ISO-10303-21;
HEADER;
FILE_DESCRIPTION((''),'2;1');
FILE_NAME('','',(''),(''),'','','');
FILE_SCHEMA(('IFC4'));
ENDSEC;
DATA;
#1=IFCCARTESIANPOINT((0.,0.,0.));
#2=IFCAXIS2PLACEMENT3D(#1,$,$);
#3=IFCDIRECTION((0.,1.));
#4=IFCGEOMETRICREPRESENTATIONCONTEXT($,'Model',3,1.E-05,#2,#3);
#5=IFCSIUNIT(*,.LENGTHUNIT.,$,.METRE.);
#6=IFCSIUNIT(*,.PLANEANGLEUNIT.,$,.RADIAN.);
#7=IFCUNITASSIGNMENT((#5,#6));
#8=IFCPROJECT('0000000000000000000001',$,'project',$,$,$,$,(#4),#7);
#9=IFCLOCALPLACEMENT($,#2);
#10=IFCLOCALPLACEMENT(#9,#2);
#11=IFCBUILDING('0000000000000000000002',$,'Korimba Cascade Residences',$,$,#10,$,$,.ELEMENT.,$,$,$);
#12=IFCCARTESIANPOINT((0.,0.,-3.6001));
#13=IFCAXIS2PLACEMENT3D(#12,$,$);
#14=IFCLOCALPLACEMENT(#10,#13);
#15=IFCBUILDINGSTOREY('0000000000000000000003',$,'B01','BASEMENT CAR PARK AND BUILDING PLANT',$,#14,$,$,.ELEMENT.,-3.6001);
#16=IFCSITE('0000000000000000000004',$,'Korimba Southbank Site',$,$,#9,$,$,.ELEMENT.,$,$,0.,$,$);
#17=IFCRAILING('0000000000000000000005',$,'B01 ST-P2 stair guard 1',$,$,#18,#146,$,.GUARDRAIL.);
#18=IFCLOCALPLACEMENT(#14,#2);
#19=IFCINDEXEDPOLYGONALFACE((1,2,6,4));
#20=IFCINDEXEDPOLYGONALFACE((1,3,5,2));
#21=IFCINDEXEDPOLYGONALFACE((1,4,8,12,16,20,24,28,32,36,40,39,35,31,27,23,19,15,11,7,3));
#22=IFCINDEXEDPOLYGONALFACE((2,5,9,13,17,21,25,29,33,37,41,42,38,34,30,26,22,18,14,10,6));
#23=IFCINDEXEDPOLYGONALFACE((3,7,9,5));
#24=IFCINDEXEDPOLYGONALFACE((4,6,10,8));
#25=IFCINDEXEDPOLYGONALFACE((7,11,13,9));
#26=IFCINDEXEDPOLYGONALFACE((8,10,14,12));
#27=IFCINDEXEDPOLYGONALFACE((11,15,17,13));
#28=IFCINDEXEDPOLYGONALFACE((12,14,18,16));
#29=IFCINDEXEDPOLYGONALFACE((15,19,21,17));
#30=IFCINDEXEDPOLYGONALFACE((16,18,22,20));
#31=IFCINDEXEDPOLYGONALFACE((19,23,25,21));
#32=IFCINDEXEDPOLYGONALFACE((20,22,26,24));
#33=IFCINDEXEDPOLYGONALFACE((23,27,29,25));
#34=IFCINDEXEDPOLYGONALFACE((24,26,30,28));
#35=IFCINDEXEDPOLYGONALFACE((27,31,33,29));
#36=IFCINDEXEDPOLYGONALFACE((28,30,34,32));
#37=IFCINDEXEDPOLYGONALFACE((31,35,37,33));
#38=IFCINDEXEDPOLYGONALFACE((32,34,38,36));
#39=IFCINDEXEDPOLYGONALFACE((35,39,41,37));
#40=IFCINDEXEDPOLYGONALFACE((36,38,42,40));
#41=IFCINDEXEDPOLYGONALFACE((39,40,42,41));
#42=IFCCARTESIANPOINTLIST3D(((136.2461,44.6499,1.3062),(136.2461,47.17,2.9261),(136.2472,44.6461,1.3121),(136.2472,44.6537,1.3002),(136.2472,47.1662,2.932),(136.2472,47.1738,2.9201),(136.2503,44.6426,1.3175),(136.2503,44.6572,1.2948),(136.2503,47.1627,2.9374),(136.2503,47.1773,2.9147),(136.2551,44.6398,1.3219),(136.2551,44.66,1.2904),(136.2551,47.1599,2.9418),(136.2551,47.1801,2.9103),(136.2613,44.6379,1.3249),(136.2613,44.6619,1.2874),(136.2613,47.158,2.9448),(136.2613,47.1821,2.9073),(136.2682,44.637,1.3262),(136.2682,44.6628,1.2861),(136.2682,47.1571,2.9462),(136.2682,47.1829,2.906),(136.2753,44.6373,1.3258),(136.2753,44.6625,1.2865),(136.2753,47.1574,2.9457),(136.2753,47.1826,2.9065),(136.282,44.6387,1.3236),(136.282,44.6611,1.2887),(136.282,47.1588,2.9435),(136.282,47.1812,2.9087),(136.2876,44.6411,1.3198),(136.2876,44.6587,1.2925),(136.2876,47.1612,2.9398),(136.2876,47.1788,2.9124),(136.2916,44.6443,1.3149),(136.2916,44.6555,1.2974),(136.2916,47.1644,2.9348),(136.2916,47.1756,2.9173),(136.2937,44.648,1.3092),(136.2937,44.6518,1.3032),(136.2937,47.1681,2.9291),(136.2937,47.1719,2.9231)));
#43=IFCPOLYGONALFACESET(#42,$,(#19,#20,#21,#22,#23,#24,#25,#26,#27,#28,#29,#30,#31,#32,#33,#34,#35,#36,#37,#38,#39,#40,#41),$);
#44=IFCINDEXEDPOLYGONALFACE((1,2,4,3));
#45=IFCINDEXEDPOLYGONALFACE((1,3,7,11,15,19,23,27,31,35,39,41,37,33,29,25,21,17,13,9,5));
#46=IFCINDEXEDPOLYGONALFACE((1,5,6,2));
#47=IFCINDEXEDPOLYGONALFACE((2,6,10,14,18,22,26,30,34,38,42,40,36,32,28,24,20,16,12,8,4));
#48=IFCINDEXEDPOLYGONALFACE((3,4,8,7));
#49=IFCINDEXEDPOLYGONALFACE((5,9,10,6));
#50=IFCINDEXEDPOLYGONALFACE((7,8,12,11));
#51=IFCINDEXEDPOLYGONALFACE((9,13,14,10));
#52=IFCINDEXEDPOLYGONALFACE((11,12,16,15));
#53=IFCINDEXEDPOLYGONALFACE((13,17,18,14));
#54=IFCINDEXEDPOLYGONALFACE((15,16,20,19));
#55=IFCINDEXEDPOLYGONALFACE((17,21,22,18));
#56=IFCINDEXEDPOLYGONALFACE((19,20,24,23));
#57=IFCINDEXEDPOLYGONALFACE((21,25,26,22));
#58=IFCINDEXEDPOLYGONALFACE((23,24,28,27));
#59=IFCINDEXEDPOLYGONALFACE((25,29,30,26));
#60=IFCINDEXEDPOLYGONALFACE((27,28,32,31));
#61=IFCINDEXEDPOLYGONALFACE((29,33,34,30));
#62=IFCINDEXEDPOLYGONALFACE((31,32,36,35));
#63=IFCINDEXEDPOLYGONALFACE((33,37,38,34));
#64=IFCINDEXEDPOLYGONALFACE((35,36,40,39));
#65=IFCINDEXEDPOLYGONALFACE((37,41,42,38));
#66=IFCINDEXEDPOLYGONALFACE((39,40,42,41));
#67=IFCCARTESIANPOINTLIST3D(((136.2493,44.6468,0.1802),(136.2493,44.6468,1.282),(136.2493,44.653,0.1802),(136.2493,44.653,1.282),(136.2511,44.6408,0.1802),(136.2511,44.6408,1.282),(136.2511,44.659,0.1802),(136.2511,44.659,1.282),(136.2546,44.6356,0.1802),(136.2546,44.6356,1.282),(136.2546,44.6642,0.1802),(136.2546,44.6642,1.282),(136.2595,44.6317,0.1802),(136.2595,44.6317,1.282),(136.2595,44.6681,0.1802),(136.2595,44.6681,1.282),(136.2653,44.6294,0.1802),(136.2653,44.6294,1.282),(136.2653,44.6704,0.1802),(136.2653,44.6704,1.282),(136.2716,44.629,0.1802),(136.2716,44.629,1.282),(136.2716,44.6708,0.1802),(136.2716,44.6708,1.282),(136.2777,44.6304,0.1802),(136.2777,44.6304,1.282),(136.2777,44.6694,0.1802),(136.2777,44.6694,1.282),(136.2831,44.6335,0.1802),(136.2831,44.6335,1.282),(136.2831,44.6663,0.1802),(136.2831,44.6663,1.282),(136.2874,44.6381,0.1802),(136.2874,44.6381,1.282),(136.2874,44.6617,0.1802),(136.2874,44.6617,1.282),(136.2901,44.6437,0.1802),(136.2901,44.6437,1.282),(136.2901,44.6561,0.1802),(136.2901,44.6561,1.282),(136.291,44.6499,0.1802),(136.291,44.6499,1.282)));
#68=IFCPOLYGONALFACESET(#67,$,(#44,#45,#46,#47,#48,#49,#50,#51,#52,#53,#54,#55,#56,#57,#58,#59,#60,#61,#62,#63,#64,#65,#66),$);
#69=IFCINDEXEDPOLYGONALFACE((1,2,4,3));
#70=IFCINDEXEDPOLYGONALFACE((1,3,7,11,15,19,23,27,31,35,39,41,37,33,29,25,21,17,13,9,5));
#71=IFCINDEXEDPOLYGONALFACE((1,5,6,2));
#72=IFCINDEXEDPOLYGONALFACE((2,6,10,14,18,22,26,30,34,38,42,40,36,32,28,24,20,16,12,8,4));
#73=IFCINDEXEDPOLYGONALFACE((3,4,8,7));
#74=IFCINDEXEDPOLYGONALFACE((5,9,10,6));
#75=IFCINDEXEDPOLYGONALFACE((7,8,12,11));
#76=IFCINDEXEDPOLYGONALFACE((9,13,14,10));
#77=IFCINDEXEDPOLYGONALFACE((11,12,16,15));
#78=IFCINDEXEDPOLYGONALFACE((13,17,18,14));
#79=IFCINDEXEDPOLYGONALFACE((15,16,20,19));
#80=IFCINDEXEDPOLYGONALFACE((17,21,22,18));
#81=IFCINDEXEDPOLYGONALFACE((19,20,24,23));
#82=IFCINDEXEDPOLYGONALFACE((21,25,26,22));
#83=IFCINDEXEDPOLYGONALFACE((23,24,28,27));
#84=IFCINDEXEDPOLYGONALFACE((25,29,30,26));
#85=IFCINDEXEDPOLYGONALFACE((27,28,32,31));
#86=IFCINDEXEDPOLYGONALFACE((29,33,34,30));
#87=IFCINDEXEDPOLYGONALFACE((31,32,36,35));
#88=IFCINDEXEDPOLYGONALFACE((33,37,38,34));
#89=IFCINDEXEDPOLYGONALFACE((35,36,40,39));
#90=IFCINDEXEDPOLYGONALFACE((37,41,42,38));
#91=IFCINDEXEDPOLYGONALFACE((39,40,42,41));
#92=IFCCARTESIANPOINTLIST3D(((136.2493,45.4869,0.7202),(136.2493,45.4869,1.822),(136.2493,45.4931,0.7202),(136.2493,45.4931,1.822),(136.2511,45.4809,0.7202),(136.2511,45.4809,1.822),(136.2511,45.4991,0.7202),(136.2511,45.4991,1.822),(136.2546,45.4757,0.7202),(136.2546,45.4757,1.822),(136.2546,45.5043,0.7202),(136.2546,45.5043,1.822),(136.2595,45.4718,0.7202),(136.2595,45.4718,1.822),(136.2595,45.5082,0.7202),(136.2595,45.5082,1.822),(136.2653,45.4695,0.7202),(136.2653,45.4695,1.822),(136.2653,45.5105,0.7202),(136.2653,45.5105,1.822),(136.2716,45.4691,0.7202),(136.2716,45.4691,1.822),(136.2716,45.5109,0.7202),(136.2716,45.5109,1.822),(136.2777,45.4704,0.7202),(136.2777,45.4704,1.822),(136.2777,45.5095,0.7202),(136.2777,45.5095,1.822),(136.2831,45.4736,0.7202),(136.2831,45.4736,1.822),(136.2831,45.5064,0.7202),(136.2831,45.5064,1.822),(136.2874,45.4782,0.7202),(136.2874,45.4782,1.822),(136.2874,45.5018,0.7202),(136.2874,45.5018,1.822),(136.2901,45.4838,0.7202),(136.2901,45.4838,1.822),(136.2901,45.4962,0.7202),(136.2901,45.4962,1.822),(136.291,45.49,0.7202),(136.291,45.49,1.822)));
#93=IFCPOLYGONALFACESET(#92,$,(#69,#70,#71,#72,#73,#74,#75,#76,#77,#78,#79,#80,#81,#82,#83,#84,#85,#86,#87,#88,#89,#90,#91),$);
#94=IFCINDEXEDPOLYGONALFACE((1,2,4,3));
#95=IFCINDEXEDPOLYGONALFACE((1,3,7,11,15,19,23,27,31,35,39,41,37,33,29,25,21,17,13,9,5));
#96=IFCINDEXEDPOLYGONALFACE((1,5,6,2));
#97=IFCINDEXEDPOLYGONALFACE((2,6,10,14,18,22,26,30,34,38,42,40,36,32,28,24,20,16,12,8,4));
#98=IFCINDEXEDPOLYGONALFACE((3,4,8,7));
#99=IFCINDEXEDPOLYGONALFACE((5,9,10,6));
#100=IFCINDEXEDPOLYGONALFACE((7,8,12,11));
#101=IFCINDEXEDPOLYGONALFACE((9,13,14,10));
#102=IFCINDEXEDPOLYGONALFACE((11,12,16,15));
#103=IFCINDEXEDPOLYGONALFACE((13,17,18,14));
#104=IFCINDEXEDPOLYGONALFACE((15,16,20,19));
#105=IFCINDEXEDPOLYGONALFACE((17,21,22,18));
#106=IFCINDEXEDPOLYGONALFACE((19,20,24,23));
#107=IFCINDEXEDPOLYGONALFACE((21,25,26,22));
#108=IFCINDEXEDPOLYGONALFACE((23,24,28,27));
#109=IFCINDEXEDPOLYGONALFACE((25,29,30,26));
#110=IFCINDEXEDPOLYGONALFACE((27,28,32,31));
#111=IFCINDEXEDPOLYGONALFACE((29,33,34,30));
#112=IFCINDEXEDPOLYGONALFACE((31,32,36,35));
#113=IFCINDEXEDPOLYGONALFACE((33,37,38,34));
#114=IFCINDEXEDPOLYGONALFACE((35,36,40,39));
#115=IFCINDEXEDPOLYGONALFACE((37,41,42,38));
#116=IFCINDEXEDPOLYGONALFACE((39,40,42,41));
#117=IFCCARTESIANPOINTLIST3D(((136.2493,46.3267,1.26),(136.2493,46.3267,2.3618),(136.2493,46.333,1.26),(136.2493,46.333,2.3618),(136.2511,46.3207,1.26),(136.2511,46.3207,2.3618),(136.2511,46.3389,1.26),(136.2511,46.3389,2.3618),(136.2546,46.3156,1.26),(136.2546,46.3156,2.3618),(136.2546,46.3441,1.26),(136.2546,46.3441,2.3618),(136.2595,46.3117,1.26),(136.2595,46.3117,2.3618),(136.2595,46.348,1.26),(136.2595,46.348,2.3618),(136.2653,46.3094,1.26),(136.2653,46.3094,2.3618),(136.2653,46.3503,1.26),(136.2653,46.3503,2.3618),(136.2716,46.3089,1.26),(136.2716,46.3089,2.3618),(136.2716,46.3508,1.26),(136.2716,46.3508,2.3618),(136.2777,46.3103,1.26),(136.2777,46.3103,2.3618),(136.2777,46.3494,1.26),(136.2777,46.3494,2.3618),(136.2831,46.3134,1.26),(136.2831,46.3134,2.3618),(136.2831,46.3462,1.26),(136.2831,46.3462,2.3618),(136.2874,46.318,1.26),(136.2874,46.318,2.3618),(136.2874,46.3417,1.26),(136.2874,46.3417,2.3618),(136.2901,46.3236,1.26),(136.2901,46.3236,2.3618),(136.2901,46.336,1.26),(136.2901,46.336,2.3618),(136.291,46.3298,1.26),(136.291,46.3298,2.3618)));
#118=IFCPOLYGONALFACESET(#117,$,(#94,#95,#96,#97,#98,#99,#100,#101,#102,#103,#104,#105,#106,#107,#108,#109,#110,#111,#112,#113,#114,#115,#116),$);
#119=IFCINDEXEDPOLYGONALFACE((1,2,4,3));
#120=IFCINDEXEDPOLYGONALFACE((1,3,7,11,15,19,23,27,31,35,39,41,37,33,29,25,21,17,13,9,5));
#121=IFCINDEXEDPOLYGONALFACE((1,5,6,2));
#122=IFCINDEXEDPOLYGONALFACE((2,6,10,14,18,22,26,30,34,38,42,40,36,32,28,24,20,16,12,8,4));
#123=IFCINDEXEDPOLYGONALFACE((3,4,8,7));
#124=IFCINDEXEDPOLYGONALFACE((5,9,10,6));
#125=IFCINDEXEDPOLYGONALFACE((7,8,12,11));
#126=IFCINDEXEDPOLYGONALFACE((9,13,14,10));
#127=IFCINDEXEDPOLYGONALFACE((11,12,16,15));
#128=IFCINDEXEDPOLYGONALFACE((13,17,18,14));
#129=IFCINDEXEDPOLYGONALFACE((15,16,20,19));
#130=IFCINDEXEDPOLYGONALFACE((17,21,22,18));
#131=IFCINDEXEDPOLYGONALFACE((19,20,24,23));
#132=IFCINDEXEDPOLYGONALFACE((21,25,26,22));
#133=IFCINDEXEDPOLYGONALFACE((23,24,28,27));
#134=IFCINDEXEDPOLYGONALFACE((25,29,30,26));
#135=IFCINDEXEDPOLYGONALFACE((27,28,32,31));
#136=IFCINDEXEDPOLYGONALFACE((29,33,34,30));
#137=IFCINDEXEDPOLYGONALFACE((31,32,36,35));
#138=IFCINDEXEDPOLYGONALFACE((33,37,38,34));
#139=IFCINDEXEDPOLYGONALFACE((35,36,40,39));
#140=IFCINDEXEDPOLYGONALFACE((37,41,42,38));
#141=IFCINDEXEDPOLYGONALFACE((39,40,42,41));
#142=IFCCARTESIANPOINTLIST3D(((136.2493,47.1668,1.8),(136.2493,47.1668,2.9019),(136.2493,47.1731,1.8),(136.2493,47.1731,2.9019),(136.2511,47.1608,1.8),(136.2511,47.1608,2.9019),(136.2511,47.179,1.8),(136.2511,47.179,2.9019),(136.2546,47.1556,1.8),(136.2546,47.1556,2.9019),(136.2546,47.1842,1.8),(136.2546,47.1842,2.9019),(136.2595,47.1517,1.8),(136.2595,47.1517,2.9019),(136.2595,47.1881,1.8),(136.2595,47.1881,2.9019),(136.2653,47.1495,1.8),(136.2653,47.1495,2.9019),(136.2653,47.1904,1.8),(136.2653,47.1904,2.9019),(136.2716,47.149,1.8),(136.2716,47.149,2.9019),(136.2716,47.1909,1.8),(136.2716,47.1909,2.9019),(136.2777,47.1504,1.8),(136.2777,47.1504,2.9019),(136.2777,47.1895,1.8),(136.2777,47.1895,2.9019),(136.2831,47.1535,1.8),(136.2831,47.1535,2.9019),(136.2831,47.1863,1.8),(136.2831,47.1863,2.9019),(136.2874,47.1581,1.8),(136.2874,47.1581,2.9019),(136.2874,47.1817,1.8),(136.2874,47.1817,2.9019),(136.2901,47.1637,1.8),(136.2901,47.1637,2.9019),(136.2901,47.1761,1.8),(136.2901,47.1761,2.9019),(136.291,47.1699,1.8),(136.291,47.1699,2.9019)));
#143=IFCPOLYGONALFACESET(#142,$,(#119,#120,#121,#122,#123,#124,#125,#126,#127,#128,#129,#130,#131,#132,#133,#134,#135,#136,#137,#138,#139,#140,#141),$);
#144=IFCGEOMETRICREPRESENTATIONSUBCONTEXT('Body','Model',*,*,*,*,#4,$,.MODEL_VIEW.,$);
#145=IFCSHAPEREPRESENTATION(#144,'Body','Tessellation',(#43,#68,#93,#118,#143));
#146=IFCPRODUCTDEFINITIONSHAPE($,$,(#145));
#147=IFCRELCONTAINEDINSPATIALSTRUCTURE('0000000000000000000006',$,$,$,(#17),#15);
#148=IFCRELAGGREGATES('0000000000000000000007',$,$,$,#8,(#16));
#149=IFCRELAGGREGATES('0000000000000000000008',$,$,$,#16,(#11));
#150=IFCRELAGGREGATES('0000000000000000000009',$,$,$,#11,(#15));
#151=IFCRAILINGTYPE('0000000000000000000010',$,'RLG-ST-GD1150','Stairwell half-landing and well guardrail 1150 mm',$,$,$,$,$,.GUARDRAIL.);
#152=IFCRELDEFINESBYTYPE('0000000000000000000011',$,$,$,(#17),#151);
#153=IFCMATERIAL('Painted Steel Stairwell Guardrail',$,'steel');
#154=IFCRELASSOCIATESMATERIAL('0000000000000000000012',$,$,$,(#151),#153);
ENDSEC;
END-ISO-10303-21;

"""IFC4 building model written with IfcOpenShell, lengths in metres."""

from ifc_helpers import new_model, si_unit, direction, frame, origin, origin_2d, place, context, subcontext, project, spatial, circle, extrude, material, type_object, element, save


model = new_model("IFC4")

# Units and contexts
model_context = context("Model", 3, precision=1e-05, world=origin(), true_north=direction((0.0, 1.0)))
body_context = subcontext(model_context, "Body", "Model", "MODEL_VIEW")
ifc_project = project(units=[si_unit("LENGTHUNIT", "METRE"), si_unit("PLANEANGLEUNIT", "RADIAN")], contexts=[model_context])

# Site, building, storey
site_placement = place(None, origin())
site = spatial("IfcSite", under=ifc_project, at=site_placement, Name="Korimba Southbank Site", CompositionType="ELEMENT", RefElevation=0.0)
building_placement = place(site_placement, origin())
building = spatial("IfcBuilding", under=site, at=building_placement, Name="Korimba Cascade Residences", CompositionType="ELEMENT")
storey_placement = place(building_placement, frame((0.0, 0.0, -3.6001)))
storey = spatial("IfcBuildingStorey", under=building, at=storey_placement, Name="B01", Description="BASEMENT CAR PARK AND BUILDING PLANT", CompositionType="ELEMENT", Elevation=-3.6001)

# Railing
ifc_material_1 = material(Name="Painted Steel Stairwell Guardrail", Category="steel")
railing_type_1 = type_object("IfcRailingType", Name="RLG-ST-GD1150", Description="Stairwell half-landing and well guardrail 1150 mm", PredefinedType="GUARDRAIL", material=ifc_material_1)
railing_1_placement = place(storey_placement, frame((136.27, 44.6499, 0.1802)))
element("IfcRailing", 1, at=railing_1_placement, inside=storey, type_object=railing_type_1, Name="B01 ST-P2 stair guard 1", PredefinedType="GUARDRAIL", context=body_context, shape_type="SweptSolid", body=[
    extrude(circle(Radius=0.0239, at=origin_2d()), frame((0.0, 0.0, 1.126), z_axis=(0.0, 0.8412, 0.540725), x_axis=(-1.0, 0.0, 0.0)), (0.0, 0.0, 1.0), 2.9958),
    extrude(circle(Radius=0.021, at=origin_2d()), origin(), (0.0, 0.0, 1.0), 1.1018),
    extrude(circle(Radius=0.021, at=origin_2d()), frame((0.0, 0.8401, 0.54)), (0.0, 0.0, 1.0), 1.1018),
    extrude(circle(Radius=0.021, at=origin_2d()), frame((0.0, 1.6799, 1.0798)), (0.0, 0.0, 1.0), 1.1018),
    extrude(circle(Radius=0.021, at=origin_2d()), frame((0.0, 2.52, 1.6199)), (0.0, 0.0, 1.0), 1.1018),
])

save(model, "model.ifc")
